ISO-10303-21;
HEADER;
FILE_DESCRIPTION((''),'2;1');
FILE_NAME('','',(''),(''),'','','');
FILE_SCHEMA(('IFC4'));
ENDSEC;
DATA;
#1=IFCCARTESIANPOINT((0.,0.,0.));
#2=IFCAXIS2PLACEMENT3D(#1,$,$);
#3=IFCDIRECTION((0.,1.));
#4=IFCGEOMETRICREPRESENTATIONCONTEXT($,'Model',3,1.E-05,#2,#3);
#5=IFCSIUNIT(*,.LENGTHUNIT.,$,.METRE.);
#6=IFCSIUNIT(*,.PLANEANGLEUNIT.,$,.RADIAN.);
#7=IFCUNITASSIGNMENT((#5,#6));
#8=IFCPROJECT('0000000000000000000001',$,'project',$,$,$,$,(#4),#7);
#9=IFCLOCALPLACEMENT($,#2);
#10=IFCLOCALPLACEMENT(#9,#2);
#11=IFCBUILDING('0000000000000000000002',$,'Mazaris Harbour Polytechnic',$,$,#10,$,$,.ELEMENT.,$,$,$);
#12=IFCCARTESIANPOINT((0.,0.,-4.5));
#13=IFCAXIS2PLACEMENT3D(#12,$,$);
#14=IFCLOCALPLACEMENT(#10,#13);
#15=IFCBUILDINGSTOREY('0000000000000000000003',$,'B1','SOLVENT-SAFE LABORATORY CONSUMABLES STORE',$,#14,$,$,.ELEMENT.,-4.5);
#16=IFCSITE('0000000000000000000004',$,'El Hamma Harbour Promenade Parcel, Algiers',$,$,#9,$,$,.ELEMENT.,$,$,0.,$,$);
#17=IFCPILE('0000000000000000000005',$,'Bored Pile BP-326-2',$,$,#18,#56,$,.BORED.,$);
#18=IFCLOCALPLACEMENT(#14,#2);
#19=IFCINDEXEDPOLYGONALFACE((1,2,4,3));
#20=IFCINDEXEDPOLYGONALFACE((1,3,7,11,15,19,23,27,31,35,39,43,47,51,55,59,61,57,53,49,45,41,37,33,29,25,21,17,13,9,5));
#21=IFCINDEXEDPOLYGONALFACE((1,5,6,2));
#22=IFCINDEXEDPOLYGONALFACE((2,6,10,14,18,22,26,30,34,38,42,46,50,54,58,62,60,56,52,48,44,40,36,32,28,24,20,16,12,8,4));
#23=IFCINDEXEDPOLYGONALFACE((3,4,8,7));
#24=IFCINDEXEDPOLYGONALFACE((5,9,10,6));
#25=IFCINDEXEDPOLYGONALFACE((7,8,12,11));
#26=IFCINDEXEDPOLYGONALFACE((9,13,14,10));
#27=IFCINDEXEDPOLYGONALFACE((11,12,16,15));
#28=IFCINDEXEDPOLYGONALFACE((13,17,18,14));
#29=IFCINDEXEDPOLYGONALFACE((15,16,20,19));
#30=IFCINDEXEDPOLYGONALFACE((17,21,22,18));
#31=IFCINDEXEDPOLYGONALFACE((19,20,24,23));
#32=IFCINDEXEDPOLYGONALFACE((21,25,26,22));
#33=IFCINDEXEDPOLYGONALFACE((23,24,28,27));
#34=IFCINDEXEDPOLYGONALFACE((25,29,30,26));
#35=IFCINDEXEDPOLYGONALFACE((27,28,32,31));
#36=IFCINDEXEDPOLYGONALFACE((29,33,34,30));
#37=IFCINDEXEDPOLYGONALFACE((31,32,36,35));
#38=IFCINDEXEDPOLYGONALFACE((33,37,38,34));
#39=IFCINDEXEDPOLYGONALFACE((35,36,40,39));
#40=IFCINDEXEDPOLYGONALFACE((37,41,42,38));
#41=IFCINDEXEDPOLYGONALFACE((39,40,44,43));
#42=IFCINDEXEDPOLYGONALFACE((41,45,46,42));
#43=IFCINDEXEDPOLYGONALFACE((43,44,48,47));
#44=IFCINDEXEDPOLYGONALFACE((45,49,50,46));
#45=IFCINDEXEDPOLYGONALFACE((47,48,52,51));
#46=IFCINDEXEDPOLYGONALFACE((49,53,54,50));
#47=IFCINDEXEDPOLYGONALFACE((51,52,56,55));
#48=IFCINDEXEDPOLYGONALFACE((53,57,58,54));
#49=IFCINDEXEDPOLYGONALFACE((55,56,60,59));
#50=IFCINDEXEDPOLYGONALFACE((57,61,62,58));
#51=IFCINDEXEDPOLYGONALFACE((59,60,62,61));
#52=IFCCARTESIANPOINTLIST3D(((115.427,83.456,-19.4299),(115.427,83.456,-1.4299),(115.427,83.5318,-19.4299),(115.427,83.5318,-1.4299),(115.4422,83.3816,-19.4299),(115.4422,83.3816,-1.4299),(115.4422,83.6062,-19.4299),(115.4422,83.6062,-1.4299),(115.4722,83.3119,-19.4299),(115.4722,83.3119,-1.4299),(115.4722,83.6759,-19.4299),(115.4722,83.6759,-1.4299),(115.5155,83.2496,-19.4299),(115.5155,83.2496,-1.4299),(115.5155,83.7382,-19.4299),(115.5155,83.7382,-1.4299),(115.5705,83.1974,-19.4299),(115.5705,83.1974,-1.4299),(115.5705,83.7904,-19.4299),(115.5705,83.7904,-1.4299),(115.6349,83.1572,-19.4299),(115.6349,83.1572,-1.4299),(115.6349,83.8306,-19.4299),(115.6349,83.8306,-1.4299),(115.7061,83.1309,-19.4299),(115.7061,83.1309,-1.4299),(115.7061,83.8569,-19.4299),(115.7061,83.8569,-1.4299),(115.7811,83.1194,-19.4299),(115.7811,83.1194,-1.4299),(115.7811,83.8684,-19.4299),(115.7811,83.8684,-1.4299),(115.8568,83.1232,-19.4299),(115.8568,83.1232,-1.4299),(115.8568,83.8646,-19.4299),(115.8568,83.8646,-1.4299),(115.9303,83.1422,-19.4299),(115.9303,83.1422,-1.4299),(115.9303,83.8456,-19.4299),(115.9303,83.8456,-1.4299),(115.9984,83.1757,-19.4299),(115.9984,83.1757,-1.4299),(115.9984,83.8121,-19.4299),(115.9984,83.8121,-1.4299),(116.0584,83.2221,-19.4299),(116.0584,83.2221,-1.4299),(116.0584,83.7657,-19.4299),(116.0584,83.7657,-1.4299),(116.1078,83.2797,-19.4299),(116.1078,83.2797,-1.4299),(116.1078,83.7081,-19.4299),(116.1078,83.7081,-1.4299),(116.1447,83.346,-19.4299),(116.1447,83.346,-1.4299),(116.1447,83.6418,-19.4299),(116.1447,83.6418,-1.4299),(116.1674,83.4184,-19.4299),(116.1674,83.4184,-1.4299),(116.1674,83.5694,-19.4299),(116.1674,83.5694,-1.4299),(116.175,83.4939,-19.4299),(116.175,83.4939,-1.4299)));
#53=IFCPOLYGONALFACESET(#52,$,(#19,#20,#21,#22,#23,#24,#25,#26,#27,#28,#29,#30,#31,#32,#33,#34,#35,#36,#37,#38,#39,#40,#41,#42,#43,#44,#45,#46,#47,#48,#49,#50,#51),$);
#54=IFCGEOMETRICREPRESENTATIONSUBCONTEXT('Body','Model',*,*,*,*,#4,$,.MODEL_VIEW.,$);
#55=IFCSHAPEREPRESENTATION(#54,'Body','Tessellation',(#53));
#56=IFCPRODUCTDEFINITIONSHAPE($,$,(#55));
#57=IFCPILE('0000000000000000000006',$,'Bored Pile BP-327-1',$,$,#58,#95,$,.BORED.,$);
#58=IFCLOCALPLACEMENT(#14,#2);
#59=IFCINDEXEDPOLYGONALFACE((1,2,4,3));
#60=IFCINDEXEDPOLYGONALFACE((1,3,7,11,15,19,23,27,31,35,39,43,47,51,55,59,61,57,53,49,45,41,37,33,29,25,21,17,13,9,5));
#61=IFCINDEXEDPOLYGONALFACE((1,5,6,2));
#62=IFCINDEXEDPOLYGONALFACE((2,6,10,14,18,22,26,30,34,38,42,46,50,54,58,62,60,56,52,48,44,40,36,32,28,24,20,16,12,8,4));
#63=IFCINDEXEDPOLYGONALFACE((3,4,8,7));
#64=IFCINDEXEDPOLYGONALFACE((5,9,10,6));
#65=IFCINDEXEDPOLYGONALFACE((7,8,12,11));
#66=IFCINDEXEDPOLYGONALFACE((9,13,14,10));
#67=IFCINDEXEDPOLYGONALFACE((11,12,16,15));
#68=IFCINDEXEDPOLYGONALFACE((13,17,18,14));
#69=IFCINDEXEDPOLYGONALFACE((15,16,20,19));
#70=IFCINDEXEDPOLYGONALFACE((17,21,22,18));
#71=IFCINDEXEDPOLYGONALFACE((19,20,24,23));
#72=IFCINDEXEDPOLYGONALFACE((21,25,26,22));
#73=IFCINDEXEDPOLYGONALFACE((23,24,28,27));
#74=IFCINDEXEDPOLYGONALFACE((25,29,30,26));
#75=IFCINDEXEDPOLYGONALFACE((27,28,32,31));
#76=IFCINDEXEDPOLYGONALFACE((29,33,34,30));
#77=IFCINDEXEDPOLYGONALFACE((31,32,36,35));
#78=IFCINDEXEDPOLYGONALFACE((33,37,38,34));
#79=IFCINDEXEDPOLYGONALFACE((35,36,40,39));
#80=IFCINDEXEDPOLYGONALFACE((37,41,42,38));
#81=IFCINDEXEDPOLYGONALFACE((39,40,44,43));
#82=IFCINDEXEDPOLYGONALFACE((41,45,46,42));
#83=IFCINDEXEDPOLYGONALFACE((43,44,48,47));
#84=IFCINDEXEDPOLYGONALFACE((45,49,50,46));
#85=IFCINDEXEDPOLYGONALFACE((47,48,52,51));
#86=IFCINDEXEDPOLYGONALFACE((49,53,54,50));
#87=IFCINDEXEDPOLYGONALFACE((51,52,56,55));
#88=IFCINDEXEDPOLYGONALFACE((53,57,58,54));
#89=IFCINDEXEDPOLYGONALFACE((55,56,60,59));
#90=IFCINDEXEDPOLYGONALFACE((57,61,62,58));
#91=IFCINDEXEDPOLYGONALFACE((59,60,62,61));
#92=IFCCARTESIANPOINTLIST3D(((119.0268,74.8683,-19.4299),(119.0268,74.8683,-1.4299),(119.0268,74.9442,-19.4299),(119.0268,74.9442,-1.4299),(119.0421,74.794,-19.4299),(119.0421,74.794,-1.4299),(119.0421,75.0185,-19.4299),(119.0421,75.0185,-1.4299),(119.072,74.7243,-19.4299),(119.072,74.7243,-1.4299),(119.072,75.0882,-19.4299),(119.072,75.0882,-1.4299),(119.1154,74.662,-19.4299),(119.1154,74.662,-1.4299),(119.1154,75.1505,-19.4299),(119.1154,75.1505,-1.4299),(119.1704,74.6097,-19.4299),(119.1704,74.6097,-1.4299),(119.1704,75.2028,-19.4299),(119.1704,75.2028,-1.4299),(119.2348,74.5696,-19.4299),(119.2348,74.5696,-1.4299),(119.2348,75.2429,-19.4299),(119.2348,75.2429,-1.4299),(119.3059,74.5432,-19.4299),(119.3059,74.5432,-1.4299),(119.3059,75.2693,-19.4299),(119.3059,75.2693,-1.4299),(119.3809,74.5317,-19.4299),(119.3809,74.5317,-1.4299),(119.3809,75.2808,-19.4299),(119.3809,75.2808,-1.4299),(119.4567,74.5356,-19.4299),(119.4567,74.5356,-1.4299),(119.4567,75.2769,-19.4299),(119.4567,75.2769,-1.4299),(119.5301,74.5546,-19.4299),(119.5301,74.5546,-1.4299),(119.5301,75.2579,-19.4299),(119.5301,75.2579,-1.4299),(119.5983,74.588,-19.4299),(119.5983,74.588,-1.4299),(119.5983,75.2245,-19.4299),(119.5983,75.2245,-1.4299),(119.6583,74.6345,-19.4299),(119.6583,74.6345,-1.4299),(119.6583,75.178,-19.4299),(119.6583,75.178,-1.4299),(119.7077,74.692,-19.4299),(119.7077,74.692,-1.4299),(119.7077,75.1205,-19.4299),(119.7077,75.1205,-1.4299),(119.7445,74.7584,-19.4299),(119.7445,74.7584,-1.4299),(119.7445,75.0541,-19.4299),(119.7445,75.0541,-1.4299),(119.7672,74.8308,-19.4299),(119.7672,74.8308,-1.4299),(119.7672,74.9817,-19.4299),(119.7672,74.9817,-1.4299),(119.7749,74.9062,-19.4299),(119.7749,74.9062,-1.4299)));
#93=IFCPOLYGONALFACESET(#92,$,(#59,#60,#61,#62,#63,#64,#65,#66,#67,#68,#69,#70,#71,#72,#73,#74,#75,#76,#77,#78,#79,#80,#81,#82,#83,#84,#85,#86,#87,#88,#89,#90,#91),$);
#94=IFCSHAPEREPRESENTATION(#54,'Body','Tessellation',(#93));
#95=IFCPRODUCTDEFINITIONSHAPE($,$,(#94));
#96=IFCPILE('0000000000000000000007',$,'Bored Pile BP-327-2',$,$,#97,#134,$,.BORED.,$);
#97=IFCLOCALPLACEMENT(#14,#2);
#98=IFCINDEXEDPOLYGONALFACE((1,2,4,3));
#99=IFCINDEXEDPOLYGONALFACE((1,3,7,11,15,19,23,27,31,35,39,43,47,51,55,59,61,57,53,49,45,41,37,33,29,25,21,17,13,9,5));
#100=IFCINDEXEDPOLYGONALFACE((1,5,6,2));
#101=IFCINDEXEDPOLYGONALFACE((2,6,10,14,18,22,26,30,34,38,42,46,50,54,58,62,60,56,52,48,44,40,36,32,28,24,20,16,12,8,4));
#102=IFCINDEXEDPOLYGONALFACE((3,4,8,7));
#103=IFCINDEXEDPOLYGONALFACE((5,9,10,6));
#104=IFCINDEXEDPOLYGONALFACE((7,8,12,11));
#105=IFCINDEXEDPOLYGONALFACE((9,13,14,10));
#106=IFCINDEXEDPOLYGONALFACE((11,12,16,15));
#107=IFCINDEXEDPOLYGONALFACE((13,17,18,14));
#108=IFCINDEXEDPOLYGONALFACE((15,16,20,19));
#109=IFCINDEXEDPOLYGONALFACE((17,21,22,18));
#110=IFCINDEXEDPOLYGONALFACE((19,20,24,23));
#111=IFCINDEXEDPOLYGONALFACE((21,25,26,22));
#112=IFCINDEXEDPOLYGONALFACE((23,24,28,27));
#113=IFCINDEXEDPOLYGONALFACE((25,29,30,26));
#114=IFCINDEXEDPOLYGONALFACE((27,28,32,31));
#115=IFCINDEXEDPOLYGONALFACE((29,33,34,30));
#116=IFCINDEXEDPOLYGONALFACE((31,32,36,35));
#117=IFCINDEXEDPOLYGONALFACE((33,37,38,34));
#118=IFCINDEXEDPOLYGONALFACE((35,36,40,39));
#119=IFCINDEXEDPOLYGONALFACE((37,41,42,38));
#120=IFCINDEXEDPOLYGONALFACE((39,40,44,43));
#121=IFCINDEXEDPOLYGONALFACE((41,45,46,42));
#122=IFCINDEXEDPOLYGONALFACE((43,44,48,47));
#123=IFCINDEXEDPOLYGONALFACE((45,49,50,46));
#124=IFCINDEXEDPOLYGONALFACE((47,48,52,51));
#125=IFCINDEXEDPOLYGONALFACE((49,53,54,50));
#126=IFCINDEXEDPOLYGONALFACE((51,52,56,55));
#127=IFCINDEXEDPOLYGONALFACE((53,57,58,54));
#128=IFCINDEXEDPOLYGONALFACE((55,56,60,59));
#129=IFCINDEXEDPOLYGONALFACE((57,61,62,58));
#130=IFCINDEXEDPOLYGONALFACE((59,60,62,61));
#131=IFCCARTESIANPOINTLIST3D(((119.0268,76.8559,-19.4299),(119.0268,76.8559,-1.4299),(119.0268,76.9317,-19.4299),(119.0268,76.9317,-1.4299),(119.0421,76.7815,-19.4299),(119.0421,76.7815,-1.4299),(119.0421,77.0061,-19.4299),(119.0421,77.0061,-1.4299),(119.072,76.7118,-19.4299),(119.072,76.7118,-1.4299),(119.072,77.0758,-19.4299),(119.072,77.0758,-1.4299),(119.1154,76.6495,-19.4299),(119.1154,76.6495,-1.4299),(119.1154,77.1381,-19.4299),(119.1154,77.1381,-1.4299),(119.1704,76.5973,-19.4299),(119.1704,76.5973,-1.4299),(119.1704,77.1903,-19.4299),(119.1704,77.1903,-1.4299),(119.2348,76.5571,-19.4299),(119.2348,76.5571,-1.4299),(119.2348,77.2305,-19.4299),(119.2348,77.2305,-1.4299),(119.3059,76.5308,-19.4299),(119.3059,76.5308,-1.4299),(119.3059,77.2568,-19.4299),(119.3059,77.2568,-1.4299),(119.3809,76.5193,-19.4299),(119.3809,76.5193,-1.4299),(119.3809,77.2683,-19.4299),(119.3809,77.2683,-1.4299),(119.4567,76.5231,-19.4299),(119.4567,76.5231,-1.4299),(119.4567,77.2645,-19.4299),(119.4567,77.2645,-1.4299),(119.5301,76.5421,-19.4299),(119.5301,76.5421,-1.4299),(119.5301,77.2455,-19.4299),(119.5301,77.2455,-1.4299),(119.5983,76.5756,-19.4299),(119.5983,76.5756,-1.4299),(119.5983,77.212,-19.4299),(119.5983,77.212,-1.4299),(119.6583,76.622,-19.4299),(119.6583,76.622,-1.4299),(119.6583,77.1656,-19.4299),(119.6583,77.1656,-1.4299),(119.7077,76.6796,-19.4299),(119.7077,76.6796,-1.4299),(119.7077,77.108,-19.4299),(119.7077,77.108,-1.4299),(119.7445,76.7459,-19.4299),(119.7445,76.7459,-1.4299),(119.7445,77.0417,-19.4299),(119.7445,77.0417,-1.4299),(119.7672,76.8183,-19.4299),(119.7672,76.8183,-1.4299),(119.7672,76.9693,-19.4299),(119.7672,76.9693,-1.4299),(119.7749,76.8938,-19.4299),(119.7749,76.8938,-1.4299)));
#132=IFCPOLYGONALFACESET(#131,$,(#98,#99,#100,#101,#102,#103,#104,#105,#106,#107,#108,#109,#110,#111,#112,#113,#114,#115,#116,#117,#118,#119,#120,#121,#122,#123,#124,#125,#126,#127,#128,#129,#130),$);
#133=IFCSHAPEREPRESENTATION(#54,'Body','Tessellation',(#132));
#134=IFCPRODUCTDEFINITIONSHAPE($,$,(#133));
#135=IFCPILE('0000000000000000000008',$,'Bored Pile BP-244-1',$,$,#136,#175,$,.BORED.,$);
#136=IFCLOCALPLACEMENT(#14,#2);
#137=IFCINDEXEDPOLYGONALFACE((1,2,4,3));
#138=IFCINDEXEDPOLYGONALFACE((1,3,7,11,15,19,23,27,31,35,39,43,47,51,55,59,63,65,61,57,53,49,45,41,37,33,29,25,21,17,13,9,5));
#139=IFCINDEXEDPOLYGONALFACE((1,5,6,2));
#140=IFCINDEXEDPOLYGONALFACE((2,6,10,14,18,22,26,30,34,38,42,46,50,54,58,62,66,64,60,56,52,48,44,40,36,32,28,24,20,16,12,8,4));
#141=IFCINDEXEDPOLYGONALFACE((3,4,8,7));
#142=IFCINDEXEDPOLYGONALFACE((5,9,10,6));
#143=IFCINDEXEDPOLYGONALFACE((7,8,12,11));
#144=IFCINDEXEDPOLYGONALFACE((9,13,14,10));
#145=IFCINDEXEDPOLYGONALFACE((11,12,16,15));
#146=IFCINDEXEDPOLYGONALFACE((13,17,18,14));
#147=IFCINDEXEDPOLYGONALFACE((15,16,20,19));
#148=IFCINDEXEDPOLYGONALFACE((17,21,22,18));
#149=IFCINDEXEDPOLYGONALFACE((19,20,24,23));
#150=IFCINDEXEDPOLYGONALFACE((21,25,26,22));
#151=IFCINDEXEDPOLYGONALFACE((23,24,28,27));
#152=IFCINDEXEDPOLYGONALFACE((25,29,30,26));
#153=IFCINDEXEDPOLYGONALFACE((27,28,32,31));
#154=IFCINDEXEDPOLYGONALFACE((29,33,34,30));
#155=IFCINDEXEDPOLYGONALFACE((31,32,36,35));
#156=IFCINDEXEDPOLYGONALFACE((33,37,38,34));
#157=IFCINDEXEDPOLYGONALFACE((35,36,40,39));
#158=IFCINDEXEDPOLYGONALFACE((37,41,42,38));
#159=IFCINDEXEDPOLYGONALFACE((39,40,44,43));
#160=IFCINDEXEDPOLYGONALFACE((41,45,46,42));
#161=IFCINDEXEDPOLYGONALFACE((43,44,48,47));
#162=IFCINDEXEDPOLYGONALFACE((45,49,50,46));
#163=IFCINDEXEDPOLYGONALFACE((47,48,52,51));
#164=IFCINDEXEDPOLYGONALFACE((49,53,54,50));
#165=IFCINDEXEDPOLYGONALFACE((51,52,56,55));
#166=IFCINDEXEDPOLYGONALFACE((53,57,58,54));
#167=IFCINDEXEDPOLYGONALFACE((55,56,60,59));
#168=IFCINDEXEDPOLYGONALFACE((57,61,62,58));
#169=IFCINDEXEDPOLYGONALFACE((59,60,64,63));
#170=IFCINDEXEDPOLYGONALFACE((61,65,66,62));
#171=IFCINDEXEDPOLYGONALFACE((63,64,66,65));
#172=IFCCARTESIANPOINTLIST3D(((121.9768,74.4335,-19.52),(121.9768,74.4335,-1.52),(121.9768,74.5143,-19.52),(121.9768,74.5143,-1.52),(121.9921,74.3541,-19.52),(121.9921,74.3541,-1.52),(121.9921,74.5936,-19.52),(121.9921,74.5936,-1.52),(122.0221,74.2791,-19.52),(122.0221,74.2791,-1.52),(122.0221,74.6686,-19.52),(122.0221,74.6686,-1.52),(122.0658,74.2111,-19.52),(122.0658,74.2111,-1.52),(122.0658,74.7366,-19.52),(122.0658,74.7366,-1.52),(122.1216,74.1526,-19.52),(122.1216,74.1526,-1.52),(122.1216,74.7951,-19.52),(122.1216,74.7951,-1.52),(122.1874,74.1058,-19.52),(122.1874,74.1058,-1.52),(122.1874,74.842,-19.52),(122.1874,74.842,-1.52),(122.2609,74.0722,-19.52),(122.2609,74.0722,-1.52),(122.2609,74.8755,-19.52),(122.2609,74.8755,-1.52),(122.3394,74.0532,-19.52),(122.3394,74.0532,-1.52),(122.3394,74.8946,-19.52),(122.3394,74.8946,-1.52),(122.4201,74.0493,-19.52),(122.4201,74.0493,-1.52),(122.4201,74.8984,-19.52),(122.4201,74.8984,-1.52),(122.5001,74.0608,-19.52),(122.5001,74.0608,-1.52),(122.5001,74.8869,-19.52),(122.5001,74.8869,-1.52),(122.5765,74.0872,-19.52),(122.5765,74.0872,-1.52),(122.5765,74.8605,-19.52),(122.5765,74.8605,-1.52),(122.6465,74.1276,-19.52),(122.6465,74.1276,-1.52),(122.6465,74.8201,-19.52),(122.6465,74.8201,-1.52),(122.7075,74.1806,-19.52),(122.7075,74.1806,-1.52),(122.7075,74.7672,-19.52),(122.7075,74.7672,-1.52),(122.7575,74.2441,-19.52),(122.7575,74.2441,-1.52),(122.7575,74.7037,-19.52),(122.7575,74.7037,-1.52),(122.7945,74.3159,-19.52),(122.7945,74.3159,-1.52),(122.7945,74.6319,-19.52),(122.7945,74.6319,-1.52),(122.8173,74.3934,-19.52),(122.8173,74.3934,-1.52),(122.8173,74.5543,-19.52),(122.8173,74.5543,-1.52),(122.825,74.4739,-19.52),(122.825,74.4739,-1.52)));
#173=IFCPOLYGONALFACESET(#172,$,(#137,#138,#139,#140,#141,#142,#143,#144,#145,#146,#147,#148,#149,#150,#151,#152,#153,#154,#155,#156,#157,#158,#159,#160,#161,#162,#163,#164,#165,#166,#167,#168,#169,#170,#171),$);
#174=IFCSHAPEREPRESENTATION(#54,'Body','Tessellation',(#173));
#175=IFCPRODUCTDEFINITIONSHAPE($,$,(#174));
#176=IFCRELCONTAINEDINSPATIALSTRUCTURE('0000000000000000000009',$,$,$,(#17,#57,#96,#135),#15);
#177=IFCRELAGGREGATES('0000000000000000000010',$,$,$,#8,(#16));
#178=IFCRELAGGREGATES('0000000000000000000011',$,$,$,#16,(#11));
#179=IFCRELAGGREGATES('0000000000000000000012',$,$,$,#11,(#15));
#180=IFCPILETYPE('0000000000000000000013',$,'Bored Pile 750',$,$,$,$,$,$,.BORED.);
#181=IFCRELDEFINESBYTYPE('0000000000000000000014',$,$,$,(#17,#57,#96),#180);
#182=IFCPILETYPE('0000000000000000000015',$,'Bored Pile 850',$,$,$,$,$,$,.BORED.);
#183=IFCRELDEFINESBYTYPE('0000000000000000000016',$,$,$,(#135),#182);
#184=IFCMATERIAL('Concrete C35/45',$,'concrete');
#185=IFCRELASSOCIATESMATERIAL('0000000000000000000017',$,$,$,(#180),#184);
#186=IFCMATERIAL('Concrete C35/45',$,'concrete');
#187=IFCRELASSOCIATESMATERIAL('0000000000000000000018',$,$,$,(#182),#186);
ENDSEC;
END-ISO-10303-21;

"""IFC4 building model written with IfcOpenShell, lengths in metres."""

from ifc_helpers import new_model, si_unit, direction, frame, origin, origin_2d, place, context, subcontext, project, spatial, circle, extrude, material, material_profile, profile_set, type_object, element, save


model = new_model("IFC4")

# Units and contexts
model_context = context("Model", 3, precision=1e-05, world=origin(), true_north=direction((0.0, 1.0)))
body_context = subcontext(model_context, "Body", "Model", "MODEL_VIEW")
ifc_project = project(units=[si_unit("LENGTHUNIT", "METRE"), si_unit("PLANEANGLEUNIT", "RADIAN")], contexts=[model_context])

# Site, building, storey
site_placement = place(None, origin())
site = spatial("IfcSite", under=ifc_project, at=site_placement, Name="El Hamma Harbour Promenade Parcel, Algiers", CompositionType="ELEMENT", RefElevation=0.0)
building_placement = place(site_placement, origin())
building = spatial("IfcBuilding", under=site, at=building_placement, Name="Mazaris Harbour Polytechnic", CompositionType="ELEMENT")
storey_placement = place(building_placement, frame((0.0, 0.0, -4.5)))
storey = spatial("IfcBuildingStorey", under=building, at=storey_placement, Name="B1", Description="SOLVENT-SAFE LABORATORY CONSUMABLES STORE", CompositionType="ELEMENT", Elevation=-4.5)

# Piles
ifc_material_1 = material(Name="Concrete C35/45", Category="concrete")
ifc_material_profile_1 = material_profile(ifc_material_1, circle(Radius=0.375, at=origin_2d()), Name="DIA750")
ifc_profile_set_1 = profile_set([ifc_material_profile_1], Name="Concrete C35/45")
pile_type_1 = type_object("IfcPileType", Name="Bored Pile 750", PredefinedType="BORED", material=ifc_profile_set_1)
for number, where, z_axis, x_axis, name in (
    (1, (115.8, 83.4939, -1.4299), (0.0, 0.0, -1.0), (1.0, 0.0, 0.0), "Bored Pile BP-326-2"),
    (2, (119.3999, 74.9062, -1.4299), (0.0, 0.0, -1.0), (1.0, 0.0, 0.0), "Bored Pile BP-327-1"),
    (3, (119.3999, 76.8938, -1.4299), (0.0, 0.0, -1.0), (1.0, 0.0, 0.0), "Bored Pile BP-327-2"),
):
    element("IfcPile", number, at=place(storey_placement, frame(where, z_axis=z_axis, x_axis=x_axis)), inside=storey, type_object=pile_type_1, Name=name, PredefinedType="BORED", context=body_context, shape_type="SweptSolid", body=[
        extrude(circle(Radius=0.375, at=origin_2d()), origin(), (0.0, 0.0, 1.0), 18.0),
    ])
ifc_material_2 = material(Name="Concrete C35/45", Category="concrete")
ifc_material_profile_2 = material_profile(ifc_material_2, circle(Radius=0.425, at=origin_2d()), Name="DIA850")
ifc_profile_set_2 = profile_set([ifc_material_profile_2], Name="Concrete C35/45")
pile_type_2 = type_object("IfcPileType", Name="Bored Pile 850", PredefinedType="BORED", material=ifc_profile_set_2)
for number, where, z_axis, x_axis, name in (
    (4, (122.3999, 74.4739, -1.52), (0.0, 0.0, -1.0), (1.0, 0.0, 0.0), "Bored Pile BP-244-1"),
):
    element("IfcPile", number, at=place(storey_placement, frame(where, z_axis=z_axis, x_axis=x_axis)), inside=storey, type_object=pile_type_2, Name=name, PredefinedType="BORED", context=body_context, shape_type="SweptSolid", body=[
        extrude(circle(Radius=0.425, at=origin_2d()), origin(), (0.0, 0.0, 1.0), 18.0),
    ])

save(model, "model.ifc")
